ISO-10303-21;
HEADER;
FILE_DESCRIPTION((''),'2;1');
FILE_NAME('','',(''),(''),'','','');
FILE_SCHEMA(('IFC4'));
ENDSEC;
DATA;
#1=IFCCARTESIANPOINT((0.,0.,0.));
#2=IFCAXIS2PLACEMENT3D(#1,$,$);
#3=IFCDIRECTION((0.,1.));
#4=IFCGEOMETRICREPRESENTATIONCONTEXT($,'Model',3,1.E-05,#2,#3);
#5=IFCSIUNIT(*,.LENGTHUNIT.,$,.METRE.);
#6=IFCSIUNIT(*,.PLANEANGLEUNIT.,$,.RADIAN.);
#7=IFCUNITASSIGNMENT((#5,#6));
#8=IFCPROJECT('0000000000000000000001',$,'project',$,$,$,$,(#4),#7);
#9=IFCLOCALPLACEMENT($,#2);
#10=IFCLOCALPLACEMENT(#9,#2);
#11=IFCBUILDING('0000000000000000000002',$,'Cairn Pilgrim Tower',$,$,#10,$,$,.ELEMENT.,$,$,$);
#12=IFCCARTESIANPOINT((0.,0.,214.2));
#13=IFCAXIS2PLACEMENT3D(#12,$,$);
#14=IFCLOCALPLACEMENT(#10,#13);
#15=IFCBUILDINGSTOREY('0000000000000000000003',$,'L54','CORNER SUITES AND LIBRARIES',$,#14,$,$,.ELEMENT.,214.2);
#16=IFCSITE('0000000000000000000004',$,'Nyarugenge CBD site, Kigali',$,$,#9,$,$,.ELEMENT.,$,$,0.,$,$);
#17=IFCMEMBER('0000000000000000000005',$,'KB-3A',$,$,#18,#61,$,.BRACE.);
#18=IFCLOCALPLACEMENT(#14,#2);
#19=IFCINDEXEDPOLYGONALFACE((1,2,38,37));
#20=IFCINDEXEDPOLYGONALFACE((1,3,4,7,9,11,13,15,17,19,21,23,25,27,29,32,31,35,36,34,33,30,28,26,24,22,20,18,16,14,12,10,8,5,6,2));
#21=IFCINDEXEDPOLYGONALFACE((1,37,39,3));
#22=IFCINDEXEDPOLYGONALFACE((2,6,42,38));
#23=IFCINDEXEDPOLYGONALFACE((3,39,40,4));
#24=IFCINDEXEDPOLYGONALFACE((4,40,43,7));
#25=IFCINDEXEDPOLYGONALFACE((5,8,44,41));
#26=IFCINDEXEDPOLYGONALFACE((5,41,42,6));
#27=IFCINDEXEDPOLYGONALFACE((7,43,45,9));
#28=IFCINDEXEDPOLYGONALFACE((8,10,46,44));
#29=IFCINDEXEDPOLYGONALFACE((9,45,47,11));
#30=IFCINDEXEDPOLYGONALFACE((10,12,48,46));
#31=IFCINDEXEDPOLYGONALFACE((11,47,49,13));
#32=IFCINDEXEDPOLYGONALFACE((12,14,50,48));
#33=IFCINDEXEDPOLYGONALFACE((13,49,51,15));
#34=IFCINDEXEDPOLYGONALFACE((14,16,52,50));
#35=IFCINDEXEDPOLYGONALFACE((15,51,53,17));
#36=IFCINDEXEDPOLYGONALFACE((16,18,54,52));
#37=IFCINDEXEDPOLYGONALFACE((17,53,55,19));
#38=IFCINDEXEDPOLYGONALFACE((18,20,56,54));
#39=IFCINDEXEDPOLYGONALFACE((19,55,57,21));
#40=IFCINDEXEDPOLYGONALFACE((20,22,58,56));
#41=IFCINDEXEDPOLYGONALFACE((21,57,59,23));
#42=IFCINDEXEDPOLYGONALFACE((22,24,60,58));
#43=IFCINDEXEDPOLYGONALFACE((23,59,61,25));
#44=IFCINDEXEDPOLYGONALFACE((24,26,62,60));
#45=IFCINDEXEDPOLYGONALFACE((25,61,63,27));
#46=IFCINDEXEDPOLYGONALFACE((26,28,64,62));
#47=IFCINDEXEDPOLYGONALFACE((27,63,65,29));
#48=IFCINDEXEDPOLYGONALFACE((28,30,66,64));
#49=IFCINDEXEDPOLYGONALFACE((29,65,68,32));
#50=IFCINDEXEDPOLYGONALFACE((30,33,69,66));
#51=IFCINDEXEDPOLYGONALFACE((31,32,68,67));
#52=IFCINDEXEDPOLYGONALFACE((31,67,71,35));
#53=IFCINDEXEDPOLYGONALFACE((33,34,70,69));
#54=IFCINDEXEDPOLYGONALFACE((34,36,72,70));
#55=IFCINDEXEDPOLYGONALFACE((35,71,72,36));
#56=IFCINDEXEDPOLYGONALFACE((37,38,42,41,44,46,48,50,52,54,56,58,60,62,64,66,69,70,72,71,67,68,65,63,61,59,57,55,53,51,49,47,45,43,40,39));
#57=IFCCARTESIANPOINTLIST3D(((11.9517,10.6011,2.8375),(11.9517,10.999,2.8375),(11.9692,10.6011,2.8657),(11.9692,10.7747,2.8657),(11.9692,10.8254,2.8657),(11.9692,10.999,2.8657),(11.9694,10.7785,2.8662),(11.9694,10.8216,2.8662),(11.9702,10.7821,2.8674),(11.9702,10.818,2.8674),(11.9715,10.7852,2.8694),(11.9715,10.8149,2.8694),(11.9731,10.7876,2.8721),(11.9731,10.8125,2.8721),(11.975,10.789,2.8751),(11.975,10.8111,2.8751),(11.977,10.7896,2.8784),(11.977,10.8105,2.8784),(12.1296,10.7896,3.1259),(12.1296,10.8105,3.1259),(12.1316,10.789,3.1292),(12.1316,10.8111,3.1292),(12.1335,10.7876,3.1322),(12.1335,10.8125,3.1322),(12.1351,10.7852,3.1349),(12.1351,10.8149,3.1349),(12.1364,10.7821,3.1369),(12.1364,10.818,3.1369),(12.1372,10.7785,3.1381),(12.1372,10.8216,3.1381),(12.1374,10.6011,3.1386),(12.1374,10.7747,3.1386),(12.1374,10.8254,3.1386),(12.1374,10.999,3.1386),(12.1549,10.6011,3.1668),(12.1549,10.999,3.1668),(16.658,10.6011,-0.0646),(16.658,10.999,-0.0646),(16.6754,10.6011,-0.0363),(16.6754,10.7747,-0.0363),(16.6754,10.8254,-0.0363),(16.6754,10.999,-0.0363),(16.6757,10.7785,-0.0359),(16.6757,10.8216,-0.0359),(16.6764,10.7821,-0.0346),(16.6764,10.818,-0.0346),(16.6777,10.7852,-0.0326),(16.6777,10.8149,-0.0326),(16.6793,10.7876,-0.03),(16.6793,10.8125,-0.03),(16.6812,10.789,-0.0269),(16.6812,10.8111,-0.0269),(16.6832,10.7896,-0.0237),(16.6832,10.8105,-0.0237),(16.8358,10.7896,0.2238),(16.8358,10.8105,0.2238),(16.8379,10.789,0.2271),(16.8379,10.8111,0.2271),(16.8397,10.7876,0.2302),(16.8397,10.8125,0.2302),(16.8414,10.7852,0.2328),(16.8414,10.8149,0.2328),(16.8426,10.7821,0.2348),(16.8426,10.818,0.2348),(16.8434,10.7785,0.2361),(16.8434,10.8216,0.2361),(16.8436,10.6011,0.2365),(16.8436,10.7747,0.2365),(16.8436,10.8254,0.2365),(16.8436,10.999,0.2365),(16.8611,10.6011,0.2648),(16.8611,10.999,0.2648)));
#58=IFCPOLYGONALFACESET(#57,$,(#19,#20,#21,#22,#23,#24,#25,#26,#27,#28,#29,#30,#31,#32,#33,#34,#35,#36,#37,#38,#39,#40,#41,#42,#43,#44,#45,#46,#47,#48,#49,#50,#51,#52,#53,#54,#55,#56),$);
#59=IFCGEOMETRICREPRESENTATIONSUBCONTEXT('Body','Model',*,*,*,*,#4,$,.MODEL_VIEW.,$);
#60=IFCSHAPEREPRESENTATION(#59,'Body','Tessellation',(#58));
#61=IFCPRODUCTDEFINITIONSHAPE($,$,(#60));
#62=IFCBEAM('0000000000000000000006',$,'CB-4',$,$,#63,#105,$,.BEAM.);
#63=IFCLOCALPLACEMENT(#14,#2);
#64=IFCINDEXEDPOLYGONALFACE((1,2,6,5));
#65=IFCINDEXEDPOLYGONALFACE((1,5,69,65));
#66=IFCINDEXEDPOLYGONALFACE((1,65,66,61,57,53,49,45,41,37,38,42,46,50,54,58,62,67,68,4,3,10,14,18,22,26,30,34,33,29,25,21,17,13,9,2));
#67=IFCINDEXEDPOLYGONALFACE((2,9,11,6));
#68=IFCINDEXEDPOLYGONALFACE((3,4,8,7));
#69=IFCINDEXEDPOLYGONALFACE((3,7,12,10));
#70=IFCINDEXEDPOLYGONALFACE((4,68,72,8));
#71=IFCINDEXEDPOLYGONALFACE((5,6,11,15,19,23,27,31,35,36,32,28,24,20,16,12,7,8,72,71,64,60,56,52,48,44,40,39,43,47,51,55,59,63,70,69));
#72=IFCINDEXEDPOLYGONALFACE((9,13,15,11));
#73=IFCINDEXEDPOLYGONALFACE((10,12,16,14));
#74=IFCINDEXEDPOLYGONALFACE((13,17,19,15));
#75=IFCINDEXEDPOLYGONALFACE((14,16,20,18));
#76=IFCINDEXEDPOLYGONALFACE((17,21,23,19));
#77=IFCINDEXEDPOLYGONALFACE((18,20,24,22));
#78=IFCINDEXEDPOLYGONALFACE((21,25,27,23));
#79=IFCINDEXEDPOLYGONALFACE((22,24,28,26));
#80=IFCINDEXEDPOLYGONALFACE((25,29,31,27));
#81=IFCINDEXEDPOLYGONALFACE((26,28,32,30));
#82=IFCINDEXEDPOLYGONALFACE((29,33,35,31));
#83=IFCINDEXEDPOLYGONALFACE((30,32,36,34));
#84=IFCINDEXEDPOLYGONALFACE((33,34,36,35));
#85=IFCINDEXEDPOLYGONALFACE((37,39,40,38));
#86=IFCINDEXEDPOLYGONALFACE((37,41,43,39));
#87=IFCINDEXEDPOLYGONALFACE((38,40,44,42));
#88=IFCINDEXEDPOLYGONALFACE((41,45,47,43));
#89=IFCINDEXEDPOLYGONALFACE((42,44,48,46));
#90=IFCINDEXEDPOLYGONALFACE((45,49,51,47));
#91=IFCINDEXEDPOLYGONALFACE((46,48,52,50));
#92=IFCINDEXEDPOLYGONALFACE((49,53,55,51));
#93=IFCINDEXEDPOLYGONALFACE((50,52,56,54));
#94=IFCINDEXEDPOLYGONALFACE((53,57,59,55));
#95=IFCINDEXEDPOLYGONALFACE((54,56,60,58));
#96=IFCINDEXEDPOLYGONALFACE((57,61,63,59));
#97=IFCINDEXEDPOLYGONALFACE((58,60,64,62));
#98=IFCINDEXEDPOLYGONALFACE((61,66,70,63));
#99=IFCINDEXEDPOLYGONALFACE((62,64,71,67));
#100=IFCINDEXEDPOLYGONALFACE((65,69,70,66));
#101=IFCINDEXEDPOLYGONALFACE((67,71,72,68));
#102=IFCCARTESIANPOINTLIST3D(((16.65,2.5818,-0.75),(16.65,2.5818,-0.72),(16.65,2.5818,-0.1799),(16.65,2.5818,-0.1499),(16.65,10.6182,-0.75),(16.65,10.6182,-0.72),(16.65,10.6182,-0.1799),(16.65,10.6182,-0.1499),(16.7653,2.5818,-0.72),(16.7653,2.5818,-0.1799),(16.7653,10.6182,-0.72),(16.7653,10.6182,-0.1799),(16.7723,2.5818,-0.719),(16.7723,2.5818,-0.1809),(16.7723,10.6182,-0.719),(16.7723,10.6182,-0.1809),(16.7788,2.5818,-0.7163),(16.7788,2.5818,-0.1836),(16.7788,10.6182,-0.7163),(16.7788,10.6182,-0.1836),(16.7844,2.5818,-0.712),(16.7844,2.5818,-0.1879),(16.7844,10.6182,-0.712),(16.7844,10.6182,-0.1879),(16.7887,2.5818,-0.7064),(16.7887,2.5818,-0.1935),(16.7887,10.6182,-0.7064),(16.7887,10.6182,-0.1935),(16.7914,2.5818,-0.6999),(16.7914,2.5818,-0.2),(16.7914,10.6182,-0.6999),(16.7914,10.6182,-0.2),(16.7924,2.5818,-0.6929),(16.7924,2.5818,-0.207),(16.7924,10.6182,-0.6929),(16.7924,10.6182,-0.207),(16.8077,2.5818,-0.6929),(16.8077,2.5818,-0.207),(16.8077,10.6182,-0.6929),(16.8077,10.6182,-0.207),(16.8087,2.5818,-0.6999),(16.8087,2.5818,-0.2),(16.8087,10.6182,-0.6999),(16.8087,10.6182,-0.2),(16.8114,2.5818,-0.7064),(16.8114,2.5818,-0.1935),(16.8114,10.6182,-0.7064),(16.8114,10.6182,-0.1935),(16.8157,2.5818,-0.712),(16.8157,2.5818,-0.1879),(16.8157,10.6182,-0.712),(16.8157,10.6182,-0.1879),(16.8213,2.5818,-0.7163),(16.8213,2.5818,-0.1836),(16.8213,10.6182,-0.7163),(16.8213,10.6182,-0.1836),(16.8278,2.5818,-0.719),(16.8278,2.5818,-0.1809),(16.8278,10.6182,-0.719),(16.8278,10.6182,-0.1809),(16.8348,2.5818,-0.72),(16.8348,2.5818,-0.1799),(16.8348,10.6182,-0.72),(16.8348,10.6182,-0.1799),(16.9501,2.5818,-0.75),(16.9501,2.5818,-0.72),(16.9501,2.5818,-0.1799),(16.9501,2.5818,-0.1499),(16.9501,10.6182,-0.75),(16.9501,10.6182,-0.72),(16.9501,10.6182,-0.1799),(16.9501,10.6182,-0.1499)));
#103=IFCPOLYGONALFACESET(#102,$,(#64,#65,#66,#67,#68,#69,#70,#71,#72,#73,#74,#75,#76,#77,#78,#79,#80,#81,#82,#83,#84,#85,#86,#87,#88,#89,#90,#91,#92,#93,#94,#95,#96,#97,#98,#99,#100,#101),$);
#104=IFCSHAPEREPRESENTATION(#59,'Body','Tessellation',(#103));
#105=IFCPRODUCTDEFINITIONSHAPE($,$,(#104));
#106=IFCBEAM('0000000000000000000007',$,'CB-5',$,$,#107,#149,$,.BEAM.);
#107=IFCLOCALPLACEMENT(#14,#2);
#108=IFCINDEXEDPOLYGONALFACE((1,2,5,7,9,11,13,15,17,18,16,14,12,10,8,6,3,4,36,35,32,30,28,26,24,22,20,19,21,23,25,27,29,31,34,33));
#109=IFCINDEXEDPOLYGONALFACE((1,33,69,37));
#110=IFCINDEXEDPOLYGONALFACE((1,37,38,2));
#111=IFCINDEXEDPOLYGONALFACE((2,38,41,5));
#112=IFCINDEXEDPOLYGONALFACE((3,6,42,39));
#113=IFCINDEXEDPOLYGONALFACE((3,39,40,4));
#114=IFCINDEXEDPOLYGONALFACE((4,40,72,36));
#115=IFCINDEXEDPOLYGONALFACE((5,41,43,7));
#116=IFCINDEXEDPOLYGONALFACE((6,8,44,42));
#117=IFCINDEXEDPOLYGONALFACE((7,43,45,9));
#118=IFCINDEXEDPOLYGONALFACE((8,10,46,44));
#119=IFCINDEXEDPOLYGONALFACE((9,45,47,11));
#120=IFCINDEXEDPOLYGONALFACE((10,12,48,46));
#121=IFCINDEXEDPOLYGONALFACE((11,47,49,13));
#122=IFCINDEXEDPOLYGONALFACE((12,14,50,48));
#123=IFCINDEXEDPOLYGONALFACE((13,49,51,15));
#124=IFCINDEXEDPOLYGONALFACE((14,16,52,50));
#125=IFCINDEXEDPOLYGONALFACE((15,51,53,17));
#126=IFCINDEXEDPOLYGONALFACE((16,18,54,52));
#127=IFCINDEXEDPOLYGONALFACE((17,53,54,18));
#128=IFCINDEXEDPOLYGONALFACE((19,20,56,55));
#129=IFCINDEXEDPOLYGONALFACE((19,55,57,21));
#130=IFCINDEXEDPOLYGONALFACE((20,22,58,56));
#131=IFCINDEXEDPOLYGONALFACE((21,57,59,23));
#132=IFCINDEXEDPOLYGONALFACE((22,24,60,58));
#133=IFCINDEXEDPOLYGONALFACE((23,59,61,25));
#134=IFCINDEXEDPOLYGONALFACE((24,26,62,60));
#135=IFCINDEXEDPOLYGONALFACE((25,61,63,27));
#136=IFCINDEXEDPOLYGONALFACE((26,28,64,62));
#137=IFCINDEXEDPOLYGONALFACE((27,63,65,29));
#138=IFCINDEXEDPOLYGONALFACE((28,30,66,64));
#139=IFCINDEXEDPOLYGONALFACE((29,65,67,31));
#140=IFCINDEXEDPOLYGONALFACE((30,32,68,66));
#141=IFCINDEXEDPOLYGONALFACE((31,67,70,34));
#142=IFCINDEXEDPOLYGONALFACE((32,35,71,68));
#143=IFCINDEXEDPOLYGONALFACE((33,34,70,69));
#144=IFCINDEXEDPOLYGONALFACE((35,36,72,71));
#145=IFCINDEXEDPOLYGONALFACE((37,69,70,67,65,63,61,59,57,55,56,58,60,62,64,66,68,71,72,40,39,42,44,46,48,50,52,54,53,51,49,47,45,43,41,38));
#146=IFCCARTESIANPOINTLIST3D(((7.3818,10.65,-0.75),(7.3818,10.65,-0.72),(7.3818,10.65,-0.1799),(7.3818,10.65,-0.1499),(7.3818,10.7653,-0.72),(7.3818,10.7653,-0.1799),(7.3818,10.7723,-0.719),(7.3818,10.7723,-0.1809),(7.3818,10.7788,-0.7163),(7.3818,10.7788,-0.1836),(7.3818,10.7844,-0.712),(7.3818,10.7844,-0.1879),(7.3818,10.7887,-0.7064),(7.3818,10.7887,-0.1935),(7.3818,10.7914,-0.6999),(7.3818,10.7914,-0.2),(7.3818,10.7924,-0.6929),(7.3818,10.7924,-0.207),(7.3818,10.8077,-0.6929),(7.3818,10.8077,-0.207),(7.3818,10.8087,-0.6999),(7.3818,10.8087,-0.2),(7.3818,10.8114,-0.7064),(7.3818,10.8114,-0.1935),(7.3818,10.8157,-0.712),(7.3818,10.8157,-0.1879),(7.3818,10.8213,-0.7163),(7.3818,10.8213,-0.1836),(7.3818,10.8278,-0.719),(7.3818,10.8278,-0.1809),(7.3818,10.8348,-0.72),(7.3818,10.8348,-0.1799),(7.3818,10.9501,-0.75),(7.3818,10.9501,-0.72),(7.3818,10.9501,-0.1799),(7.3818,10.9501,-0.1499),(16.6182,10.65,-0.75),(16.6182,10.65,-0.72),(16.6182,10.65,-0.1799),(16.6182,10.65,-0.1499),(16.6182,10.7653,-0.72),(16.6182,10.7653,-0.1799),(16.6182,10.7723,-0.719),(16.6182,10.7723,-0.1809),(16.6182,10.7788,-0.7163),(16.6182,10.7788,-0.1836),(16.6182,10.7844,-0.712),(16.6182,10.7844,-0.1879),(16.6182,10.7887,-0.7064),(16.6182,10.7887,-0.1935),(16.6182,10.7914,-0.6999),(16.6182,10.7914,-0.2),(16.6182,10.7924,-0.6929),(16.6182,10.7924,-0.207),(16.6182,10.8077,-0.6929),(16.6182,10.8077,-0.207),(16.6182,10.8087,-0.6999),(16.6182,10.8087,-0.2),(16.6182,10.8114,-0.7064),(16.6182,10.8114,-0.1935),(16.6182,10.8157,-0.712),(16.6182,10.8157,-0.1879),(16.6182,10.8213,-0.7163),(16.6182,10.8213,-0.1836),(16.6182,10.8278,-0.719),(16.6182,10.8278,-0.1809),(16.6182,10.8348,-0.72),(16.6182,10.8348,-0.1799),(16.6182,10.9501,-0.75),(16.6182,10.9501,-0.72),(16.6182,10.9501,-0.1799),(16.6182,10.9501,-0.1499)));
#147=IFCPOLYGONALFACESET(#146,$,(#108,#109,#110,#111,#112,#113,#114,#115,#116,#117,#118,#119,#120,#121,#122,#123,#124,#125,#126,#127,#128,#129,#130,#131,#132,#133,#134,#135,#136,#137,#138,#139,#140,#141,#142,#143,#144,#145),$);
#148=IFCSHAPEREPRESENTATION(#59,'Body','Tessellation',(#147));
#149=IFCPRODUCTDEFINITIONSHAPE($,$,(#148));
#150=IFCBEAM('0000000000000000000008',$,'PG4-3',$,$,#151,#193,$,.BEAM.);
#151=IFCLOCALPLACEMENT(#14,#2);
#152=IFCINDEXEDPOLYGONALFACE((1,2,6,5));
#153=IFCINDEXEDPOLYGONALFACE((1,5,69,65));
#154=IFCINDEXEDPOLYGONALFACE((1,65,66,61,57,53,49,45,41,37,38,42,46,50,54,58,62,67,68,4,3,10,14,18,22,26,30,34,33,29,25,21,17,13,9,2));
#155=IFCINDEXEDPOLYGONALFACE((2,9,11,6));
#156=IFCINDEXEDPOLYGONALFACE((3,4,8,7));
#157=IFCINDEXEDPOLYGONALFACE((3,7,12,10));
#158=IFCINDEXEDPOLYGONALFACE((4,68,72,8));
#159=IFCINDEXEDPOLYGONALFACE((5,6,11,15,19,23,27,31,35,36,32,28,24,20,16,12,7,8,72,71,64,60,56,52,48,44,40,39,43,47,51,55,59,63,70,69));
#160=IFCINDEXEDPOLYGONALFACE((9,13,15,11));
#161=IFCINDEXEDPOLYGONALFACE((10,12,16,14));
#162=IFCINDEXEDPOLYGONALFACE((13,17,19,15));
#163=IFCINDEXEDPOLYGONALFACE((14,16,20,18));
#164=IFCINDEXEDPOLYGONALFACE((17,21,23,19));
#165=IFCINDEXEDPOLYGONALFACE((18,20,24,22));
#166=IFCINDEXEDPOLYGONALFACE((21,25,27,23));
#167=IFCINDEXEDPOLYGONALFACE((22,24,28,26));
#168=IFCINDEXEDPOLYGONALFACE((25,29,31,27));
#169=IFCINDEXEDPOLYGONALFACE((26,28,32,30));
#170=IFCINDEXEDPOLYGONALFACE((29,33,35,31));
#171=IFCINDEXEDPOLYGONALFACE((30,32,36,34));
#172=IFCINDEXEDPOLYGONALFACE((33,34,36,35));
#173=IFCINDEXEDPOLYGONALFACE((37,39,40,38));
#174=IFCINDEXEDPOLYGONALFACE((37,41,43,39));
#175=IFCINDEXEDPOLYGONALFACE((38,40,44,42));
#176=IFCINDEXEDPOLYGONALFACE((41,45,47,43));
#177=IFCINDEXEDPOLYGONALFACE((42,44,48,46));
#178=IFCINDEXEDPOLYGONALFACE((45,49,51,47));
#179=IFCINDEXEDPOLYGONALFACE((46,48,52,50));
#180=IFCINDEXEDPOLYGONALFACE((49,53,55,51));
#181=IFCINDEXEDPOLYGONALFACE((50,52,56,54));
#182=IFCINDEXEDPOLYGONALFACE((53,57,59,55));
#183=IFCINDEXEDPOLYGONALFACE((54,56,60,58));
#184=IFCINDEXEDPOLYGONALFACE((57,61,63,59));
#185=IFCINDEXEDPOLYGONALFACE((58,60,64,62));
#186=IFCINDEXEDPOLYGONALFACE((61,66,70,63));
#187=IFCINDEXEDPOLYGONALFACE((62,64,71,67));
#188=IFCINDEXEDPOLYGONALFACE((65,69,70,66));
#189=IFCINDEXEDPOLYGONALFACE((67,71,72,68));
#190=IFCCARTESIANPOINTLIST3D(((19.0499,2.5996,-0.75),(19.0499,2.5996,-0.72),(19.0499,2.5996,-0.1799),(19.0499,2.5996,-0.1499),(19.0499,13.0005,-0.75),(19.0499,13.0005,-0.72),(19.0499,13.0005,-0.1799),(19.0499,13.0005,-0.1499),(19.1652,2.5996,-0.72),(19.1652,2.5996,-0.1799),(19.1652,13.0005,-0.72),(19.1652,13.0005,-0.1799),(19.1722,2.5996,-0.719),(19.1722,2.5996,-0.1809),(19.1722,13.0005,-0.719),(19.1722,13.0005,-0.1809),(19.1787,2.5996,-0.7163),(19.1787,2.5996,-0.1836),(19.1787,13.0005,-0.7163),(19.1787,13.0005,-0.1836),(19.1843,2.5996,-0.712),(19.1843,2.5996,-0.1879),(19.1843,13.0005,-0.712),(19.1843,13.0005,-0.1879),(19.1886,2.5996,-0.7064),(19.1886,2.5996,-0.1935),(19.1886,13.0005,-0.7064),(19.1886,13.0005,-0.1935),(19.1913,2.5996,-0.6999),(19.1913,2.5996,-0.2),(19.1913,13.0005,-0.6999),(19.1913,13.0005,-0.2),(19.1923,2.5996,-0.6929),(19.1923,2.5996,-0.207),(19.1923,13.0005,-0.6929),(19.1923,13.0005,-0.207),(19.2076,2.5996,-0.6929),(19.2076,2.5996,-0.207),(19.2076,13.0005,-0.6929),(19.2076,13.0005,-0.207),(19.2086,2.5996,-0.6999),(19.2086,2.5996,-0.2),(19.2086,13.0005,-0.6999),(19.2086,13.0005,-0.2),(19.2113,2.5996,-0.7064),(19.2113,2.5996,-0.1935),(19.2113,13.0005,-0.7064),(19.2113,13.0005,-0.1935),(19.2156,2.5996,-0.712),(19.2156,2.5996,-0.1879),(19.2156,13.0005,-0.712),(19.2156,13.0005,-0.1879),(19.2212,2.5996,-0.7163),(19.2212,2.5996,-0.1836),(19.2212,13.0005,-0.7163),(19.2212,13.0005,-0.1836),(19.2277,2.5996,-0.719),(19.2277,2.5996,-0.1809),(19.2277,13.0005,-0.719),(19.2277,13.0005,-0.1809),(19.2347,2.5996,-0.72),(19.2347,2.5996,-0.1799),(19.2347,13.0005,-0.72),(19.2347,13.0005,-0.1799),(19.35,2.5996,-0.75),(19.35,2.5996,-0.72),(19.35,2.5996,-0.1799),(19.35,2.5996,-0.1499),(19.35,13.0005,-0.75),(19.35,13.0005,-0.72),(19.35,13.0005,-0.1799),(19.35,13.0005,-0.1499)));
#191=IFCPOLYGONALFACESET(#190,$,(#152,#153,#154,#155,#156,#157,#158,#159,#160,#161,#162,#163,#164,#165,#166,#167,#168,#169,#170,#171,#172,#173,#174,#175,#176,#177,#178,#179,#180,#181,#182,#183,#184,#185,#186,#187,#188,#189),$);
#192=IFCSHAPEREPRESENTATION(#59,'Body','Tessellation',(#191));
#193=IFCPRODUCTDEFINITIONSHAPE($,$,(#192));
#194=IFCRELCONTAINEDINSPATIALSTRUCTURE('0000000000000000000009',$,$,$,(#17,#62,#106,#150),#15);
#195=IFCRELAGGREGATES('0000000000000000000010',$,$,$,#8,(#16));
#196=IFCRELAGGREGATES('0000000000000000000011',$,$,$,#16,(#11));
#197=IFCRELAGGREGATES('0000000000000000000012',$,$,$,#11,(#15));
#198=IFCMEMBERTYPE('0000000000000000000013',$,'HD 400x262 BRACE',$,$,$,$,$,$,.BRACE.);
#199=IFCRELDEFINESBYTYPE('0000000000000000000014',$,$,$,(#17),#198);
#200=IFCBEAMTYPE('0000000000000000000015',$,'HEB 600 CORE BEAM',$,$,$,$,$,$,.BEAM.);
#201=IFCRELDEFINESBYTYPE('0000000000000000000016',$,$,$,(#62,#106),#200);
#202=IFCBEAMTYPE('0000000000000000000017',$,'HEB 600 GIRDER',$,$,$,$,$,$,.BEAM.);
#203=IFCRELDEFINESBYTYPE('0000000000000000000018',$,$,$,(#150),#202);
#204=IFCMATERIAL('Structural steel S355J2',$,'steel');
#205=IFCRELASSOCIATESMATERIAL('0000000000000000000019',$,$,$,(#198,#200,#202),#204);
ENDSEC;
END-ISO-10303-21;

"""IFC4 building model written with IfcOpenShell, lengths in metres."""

from ifc_helpers import new_model, si_unit, direction, frame, origin, origin_2d, place, context, subcontext, project, spatial, i_section, extrude, material, material_profile, profile_set, type_object, element, save


model = new_model("IFC4")

# Units and contexts
model_context = context("Model", 3, precision=1e-05, world=origin(), true_north=direction((0.0, 1.0)))
body_context = subcontext(model_context, "Body", "Model", "MODEL_VIEW")
ifc_project = project(units=[si_unit("LENGTHUNIT", "METRE"), si_unit("PLANEANGLEUNIT", "RADIAN")], contexts=[model_context])

# Site, building, storey
site_placement = place(None, origin())
site = spatial("IfcSite", under=ifc_project, at=site_placement, Name="Nyarugenge CBD site, Kigali", CompositionType="ELEMENT", RefElevation=0.0)
building_placement = place(site_placement, origin())
building = spatial("IfcBuilding", under=site, at=building_placement, Name="Cairn Pilgrim Tower", CompositionType="ELEMENT")
storey_placement = place(building_placement, frame((0.0, 0.0, 214.2)))
storey = spatial("IfcBuildingStorey", under=building, at=storey_placement, Name="L54", Description="CORNER SUITES AND LIBRARIES", CompositionType="ELEMENT", Elevation=214.2)

# Shared definitions
ifc_material_1 = material(Name="Structural steel S355J2", Category="steel")

# Member
ifc_material_profile_1 = material_profile(ifc_material_1, i_section(OverallWidth=0.3979, OverallDepth=0.387, WebThickness=0.021, FlangeThickness=0.0332, FilletRadius=0.0149, at=origin_2d()), Name="HD 400x262")
ifc_profile_set_1 = profile_set([ifc_material_profile_1], Name="Structural steel S355J2")
member_type = type_object("IfcMemberType", Name="HD 400x262 BRACE", PredefinedType="BRACE", material=ifc_profile_set_1)
member_1_placement = place(storey_placement, frame((16.7595, 10.8, 0.1001), z_axis=(-0.85118, 0.0, 0.524873), x_axis=(0.0, -1.0, 0.0)))
element("IfcMember", 1, at=member_1_placement, inside=storey, type_object=member_type, Name="KB-3A", PredefinedType="BRACE", context=body_context, shape_type="SweptSolid", body=[
    extrude(i_section(OverallWidth=0.3979, OverallDepth=0.387, WebThickness=0.021, FlangeThickness=0.0332, FilletRadius=0.0149, at=origin_2d()), origin(), (0.0, 0.0, 1.0), 5.5291),
])

# Beams
ifc_material_profile_2 = material_profile(ifc_material_1, i_section(OverallWidth=0.3, OverallDepth=0.6001, WebThickness=0.0154, FlangeThickness=0.03, FilletRadius=0.0271, at=origin_2d()), Name="HEB 600")
ifc_profile_set_2 = profile_set([ifc_material_profile_2], Name="Structural steel S355J2")
beam_type_1 = type_object("IfcBeamType", Name="HEB 600 CORE BEAM", PredefinedType="BEAM", material=ifc_profile_set_2)
beam_1_placement = place(storey_placement, frame((16.8, 2.5818, -0.45), z_axis=(0.0, 1.0, 0.0), x_axis=(-1.0, 0.0, 0.0)))
element("IfcBeam", 2, at=beam_1_placement, inside=storey, type_object=beam_type_1, Name="CB-4", PredefinedType="BEAM", context=body_context, shape_type="SweptSolid", body=[
    extrude(i_section(OverallWidth=0.3, OverallDepth=0.6001, WebThickness=0.0154, FlangeThickness=0.03, FilletRadius=0.0271, at=origin_2d()), origin(), (0.0, 0.0, 1.0), 8.0364),
])
beam_2_placement = place(storey_placement, frame((16.6182, 10.8, -0.45), z_axis=(-1.0, 0.0, 0.0), x_axis=(0.0, -1.0, 0.0)))
element("IfcBeam", 3, at=beam_2_placement, inside=storey, type_object=beam_type_1, Name="CB-5", PredefinedType="BEAM", context=body_context, shape_type="SweptSolid", body=[
    extrude(i_section(OverallWidth=0.3, OverallDepth=0.6001, WebThickness=0.0154, FlangeThickness=0.03, FilletRadius=0.0271, at=origin_2d()), origin(), (0.0, 0.0, 1.0), 9.2363),
])
ifc_material_profile_3 = material_profile(ifc_material_1, i_section(OverallWidth=0.3, OverallDepth=0.6001, WebThickness=0.0154, FlangeThickness=0.03, FilletRadius=0.0271, at=origin_2d()), Name="HEB 600")
ifc_profile_set_3 = profile_set([ifc_material_profile_3], Name="Structural steel S355J2")
beam_type_2 = type_object("IfcBeamType", Name="HEB 600 GIRDER", PredefinedType="BEAM", material=ifc_profile_set_3)
beam_3_placement = place(storey_placement, frame((19.2, 2.5996, -0.45), z_axis=(0.0, 1.0, 0.0), x_axis=(-1.0, 0.0, 0.0)))
element("IfcBeam", 4, at=beam_3_placement, inside=storey, type_object=beam_type_2, Name="PG4-3", PredefinedType="BEAM", context=body_context, shape_type="SweptSolid", body=[
    extrude(i_section(OverallWidth=0.3, OverallDepth=0.6001, WebThickness=0.0154, FlangeThickness=0.03, FilletRadius=0.0271, at=origin_2d()), origin(), (0.0, 0.0, 1.0), 10.4009),
])

save(model, "model.ifc")
